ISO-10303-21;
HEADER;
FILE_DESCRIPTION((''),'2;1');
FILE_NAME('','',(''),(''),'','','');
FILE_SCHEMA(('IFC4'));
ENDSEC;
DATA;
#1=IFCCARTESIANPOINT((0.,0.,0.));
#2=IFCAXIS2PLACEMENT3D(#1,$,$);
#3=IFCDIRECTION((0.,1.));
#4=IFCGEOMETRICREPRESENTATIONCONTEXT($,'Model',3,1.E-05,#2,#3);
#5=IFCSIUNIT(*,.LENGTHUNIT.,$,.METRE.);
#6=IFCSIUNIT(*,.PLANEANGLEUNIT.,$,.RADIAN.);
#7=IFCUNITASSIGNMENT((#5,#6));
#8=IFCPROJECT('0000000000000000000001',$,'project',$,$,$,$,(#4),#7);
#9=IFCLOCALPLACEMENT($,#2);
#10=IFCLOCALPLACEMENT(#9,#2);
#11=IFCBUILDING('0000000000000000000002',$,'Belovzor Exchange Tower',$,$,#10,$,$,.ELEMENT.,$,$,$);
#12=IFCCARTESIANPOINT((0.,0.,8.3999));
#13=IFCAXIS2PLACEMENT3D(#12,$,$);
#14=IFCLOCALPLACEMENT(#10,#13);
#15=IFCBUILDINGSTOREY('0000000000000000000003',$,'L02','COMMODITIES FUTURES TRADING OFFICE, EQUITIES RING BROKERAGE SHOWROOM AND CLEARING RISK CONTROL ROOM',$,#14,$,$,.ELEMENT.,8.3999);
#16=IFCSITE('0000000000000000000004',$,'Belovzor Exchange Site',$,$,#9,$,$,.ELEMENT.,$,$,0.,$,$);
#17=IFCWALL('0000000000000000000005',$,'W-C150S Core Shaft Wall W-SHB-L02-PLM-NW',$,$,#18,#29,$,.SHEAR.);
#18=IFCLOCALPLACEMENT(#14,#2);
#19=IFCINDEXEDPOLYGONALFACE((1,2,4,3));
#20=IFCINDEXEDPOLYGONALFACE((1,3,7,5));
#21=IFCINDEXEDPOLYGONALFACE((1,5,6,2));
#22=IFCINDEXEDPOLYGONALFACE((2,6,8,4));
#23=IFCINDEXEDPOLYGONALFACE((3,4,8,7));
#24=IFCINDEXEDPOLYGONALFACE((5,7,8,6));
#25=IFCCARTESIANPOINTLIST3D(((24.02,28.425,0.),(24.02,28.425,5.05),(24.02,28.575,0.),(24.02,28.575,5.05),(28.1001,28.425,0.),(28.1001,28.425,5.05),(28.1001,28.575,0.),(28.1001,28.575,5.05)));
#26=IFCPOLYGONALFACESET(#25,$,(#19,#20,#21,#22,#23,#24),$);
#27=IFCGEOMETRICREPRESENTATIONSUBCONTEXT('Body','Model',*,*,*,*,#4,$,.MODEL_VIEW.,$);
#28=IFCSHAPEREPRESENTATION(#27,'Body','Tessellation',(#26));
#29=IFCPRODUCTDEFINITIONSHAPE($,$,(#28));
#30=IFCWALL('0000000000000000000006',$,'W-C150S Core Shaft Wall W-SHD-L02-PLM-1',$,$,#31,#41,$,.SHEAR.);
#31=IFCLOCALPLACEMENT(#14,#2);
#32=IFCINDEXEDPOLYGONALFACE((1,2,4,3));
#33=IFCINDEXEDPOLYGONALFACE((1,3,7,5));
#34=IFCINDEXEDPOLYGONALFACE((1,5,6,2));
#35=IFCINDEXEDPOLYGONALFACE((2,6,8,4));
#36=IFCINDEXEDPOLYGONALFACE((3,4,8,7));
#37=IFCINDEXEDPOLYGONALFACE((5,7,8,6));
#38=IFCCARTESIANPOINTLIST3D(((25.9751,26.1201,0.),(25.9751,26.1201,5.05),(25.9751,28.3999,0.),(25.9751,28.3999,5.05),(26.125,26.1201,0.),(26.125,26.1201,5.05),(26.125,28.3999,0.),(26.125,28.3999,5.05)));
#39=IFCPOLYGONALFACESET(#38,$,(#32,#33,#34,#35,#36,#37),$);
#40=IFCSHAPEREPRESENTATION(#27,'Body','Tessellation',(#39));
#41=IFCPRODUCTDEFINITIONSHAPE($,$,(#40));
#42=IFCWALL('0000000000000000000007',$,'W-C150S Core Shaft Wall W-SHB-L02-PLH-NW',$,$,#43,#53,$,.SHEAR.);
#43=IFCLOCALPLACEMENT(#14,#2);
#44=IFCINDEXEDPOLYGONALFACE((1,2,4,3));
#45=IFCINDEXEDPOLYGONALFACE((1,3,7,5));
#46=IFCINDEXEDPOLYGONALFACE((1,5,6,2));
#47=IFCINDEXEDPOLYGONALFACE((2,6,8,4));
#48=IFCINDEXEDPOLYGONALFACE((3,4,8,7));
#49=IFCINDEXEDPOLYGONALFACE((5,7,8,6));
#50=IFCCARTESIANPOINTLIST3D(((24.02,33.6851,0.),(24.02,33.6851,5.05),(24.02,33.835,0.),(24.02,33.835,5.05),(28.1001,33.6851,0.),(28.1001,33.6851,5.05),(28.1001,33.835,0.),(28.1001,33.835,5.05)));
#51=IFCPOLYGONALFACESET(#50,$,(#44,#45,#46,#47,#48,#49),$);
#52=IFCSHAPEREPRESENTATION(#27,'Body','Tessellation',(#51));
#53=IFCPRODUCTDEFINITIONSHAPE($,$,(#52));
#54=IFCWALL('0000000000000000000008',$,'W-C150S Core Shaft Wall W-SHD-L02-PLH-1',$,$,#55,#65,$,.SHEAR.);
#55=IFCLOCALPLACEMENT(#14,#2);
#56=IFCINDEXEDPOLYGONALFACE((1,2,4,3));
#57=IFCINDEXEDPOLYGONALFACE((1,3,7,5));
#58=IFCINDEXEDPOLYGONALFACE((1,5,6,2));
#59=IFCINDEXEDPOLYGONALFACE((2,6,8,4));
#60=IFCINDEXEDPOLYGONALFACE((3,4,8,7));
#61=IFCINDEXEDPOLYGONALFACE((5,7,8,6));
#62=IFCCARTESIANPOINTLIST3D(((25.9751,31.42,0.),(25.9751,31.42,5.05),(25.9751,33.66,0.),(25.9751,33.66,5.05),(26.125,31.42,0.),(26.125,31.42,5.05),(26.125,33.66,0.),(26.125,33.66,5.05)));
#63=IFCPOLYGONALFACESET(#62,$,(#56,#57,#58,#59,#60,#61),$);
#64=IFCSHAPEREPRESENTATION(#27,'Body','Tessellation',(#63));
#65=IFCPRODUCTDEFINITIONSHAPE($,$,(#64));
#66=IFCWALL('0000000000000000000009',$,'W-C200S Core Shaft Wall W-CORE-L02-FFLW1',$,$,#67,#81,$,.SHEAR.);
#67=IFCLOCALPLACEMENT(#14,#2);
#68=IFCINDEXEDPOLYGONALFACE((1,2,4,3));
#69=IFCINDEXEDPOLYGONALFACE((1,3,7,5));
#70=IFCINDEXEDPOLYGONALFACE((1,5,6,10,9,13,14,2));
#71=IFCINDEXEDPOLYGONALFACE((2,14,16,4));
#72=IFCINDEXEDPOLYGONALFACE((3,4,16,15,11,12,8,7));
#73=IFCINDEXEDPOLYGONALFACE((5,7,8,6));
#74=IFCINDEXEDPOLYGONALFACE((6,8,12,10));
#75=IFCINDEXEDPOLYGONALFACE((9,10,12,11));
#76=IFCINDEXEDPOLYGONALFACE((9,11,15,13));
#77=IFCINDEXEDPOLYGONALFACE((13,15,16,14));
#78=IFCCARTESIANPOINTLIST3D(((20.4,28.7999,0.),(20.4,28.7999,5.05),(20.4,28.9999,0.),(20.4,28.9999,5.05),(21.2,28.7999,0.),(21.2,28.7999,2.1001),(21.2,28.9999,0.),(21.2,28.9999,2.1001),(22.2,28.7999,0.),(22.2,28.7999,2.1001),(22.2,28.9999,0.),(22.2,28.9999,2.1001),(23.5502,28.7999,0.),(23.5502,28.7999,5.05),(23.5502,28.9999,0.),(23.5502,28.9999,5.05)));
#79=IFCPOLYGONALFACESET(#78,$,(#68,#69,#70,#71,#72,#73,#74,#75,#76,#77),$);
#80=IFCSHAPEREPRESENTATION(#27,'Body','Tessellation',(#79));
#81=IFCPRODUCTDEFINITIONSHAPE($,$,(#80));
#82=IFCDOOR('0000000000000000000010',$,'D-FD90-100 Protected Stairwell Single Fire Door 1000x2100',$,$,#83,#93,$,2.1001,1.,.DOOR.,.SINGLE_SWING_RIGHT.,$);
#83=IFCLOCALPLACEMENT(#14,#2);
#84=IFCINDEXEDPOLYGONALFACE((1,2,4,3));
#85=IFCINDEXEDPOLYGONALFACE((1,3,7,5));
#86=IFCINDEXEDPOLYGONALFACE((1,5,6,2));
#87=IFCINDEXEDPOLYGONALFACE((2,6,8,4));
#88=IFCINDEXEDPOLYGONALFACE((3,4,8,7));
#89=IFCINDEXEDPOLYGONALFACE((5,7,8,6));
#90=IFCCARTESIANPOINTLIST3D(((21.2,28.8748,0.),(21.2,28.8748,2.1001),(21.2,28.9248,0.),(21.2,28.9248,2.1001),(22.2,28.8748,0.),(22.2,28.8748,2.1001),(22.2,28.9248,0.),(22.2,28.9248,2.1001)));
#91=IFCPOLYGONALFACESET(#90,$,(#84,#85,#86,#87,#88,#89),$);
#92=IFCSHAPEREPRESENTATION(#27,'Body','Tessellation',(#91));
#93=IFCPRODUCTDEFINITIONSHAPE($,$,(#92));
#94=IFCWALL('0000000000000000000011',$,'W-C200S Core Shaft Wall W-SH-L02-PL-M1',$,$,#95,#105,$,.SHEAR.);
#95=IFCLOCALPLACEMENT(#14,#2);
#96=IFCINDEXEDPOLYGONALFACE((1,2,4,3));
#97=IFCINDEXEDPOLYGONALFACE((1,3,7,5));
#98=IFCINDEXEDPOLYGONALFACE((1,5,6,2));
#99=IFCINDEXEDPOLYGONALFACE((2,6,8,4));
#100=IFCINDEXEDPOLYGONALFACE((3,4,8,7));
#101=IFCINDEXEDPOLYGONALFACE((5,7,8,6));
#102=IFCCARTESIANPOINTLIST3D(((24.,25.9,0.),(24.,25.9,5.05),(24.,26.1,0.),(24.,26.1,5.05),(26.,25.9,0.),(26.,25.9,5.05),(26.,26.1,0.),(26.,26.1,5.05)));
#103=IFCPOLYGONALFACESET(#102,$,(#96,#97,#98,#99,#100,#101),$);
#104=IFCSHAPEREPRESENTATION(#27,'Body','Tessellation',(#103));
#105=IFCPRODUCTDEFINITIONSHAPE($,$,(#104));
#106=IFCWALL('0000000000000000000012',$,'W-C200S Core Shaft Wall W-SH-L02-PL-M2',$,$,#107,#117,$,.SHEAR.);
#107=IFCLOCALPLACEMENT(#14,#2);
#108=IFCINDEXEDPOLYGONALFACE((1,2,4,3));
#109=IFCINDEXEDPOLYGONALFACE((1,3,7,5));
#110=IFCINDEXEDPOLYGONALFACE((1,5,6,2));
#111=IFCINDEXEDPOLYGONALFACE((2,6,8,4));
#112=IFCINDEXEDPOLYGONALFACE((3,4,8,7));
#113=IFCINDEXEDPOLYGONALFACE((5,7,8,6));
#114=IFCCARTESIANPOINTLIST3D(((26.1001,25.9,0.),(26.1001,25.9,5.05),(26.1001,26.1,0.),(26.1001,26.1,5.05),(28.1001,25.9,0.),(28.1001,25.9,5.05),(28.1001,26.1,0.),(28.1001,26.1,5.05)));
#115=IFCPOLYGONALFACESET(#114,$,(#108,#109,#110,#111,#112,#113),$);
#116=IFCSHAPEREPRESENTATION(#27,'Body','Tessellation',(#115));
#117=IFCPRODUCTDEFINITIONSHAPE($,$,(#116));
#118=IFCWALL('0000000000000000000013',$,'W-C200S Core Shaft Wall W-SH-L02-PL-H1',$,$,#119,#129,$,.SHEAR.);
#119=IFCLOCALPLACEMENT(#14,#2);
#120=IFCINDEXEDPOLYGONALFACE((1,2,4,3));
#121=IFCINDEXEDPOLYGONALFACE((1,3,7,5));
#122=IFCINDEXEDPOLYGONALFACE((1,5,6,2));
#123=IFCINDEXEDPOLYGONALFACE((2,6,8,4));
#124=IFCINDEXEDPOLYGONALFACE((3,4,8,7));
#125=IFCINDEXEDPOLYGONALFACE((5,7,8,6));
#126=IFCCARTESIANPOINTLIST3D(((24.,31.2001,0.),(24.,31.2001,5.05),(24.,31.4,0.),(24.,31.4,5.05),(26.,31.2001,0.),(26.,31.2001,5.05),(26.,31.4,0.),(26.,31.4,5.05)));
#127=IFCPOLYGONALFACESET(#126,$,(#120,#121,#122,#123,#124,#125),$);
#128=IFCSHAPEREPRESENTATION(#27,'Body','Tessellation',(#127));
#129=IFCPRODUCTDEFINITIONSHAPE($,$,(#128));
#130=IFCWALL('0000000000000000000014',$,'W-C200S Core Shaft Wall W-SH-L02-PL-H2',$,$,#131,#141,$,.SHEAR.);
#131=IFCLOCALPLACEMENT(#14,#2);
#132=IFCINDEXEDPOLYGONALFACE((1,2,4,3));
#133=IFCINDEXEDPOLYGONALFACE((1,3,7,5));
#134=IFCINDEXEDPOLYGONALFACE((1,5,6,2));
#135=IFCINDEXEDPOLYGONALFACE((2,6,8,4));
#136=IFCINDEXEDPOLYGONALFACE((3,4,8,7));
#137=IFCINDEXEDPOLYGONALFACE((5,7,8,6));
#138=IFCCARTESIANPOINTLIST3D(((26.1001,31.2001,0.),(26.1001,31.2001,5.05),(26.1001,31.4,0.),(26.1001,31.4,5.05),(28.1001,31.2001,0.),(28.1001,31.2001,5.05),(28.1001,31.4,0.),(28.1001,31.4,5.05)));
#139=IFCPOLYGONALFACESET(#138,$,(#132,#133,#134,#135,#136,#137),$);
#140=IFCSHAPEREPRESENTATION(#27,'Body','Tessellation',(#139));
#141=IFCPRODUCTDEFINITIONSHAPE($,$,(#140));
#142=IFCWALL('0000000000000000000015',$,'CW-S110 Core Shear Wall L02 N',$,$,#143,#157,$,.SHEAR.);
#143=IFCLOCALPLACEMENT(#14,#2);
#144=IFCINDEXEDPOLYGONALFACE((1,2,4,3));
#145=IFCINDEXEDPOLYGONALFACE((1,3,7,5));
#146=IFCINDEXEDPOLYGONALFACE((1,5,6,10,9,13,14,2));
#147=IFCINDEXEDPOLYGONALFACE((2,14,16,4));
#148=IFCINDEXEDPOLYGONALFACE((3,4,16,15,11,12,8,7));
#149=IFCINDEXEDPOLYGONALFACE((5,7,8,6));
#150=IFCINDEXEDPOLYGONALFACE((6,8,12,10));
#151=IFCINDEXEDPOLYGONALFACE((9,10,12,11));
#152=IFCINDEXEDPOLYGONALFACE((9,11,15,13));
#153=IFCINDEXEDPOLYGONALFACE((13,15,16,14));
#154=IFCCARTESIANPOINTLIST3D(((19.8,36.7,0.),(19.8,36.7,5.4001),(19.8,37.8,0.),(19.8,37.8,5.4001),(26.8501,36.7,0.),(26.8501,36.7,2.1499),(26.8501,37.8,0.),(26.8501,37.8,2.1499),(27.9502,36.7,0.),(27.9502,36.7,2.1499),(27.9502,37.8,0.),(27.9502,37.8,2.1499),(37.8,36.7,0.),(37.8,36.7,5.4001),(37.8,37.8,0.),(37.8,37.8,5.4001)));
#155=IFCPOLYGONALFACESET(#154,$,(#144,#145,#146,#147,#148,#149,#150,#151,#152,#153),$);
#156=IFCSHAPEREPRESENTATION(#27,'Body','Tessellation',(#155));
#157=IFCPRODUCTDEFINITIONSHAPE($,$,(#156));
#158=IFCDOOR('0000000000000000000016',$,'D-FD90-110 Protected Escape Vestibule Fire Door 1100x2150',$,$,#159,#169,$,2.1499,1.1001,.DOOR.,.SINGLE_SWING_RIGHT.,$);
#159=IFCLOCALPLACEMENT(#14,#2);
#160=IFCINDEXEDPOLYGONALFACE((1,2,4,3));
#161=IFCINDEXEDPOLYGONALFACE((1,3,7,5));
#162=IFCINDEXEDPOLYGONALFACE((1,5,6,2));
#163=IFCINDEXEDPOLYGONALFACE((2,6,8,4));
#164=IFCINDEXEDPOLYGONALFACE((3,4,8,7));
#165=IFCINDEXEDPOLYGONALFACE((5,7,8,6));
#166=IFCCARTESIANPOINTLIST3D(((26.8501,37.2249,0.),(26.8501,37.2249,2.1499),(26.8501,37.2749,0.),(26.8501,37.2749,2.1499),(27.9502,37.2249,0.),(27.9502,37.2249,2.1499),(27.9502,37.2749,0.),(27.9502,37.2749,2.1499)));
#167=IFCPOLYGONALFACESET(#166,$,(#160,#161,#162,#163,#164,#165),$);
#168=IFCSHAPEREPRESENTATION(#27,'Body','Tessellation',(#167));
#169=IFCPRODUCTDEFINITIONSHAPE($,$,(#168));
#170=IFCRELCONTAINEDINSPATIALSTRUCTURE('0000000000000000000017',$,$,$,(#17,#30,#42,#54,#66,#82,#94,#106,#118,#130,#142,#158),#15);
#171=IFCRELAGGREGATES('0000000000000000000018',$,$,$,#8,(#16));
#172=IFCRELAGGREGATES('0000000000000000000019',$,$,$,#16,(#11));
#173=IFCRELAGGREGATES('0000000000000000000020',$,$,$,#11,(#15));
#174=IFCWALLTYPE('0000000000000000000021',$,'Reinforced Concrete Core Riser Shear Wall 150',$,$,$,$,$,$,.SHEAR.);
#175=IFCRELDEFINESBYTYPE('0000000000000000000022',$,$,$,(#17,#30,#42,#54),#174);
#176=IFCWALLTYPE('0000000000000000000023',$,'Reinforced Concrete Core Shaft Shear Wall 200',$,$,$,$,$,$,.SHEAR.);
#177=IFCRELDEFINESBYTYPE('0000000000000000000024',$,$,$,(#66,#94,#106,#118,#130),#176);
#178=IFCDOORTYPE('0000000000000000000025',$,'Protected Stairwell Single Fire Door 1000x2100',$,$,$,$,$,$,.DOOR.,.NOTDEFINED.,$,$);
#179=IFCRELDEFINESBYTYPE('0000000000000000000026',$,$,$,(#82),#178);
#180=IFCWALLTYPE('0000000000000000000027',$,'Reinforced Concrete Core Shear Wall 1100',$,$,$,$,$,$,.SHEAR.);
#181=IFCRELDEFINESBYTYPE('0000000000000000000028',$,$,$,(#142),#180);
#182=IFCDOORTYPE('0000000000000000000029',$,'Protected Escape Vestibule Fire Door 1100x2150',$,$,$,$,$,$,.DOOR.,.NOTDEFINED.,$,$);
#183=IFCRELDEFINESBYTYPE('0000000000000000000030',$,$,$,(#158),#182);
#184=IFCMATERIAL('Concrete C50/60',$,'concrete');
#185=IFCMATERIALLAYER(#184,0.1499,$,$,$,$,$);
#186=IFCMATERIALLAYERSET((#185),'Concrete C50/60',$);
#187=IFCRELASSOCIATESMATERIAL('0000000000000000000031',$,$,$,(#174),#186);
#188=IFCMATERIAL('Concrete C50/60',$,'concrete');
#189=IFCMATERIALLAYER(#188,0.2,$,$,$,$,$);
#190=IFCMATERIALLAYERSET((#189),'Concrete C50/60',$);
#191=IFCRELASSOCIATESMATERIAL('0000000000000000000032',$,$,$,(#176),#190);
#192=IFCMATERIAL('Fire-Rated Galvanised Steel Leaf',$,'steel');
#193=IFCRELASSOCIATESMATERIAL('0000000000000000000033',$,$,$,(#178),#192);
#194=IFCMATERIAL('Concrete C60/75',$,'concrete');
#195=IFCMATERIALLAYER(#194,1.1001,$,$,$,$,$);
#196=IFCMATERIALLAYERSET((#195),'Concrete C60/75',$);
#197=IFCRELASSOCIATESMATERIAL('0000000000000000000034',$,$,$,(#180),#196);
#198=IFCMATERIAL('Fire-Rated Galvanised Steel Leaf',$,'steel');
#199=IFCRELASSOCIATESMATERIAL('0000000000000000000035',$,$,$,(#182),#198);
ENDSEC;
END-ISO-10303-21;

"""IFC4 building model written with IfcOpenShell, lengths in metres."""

from ifc_helpers import new_model, si_unit, direction, frame, frame_2d, origin, place, context, subcontext, project, spatial, rectangle, extrude, material, layer, layer_set, type_object, element, fill, save


model = new_model("IFC4")

# Units and contexts
model_context = context("Model", 3, precision=1e-05, world=origin(), true_north=direction((0.0, 1.0)))
body_context = subcontext(model_context, "Body", "Model", "MODEL_VIEW")
ifc_project = project(units=[si_unit("LENGTHUNIT", "METRE"), si_unit("PLANEANGLEUNIT", "RADIAN")], contexts=[model_context])

# Site, building, storey
site_placement = place(None, origin())
site = spatial("IfcSite", under=ifc_project, at=site_placement, Name="Belovzor Exchange Site", CompositionType="ELEMENT", RefElevation=0.0)
building_placement = place(site_placement, origin())
building = spatial("IfcBuilding", under=site, at=building_placement, Name="Belovzor Exchange Tower", CompositionType="ELEMENT")
storey_placement = place(building_placement, frame((0.0, 0.0, 8.3999)))
storey = spatial("IfcBuildingStorey", under=building, at=storey_placement, Name="L02", Description="COMMODITIES FUTURES TRADING OFFICE, EQUITIES RING BROKERAGE SHOWROOM AND CLEARING RISK CONTROL ROOM", CompositionType="ELEMENT", Elevation=8.3999)

# Walls
ifc_material_1 = material(Name="Concrete C50/60", Category="concrete")
ifc_layer_1 = layer(ifc_material_1, 0.1499)
ifc_layer_set_1 = layer_set([ifc_layer_1], Name="Concrete C50/60")
wall_type_1 = type_object("IfcWallType", Name="Reinforced Concrete Core Riser Shear Wall 150", PredefinedType="SHEAR", material=ifc_layer_set_1)
wall_1_placement = place(storey_placement, frame((24.02, 28.5, 0.0), z_axis=(0.0, 0.0, 1.0), x_axis=(1.0, 0.0, 0.0)))
element("IfcWall", 1, at=wall_1_placement, inside=storey, type_object=wall_type_1, Name="W-C150S Core Shaft Wall W-SHB-L02-PLM-NW", PredefinedType="SHEAR", context=body_context, shape_type="SweptSolid", body=[
    extrude(rectangle(XDim=4.0801, YDim=0.1499, at=frame_2d((2.04, 0.0))), origin(), (0.0, 0.0, 1.0), 5.05),
])
wall_2_placement = place(storey_placement, frame((26.05, 26.1201, 0.0), z_axis=(0.0, 0.0, 1.0), x_axis=(0.0, 1.0, 0.0)))
element("IfcWall", 2, at=wall_2_placement, inside=storey, type_object=wall_type_1, Name="W-C150S Core Shaft Wall W-SHD-L02-PLM-1", PredefinedType="SHEAR", context=body_context, shape_type="SweptSolid", body=[
    extrude(rectangle(XDim=2.2798, YDim=0.1499, at=frame_2d((1.1399, 0.0))), origin(), (0.0, 0.0, 1.0), 5.05),
])
wall_3_placement = place(storey_placement, frame((24.02, 33.76, 0.0), z_axis=(0.0, 0.0, 1.0), x_axis=(1.0, 0.0, 0.0)))
element("IfcWall", 3, at=wall_3_placement, inside=storey, type_object=wall_type_1, Name="W-C150S Core Shaft Wall W-SHB-L02-PLH-NW", PredefinedType="SHEAR", context=body_context, shape_type="SweptSolid", body=[
    extrude(rectangle(XDim=4.0801, YDim=0.1499, at=frame_2d((2.04, 0.0))), origin(), (0.0, 0.0, 1.0), 5.05),
])
wall_4_placement = place(storey_placement, frame((26.05, 31.4199, 0.0), z_axis=(0.0, 0.0, 1.0), x_axis=(0.0, 1.0, 0.0)))
element("IfcWall", 4, at=wall_4_placement, inside=storey, type_object=wall_type_1, Name="W-C150S Core Shaft Wall W-SHD-L02-PLH-1", PredefinedType="SHEAR", context=body_context, shape_type="SweptSolid", body=[
    extrude(rectangle(XDim=2.24, YDim=0.1499, at=frame_2d((1.1201, 0.0))), origin(), (0.0, 0.0, 1.0), 5.05),
])

# Wall, opening, door
ifc_material_2 = material(Name="Concrete C50/60", Category="concrete")
ifc_layer_2 = layer(ifc_material_2, 0.2)
ifc_layer_set_2 = layer_set([ifc_layer_2], Name="Concrete C50/60")
wall_type_2 = type_object("IfcWallType", Name="Reinforced Concrete Core Shaft Shear Wall 200", PredefinedType="SHEAR", material=ifc_layer_set_2)
wall_5_placement = place(storey_placement, frame((20.3999, 28.8999, 0.0), z_axis=(0.0, 0.0, 1.0), x_axis=(1.0, 0.0, 0.0)))
wall_5 = element("IfcWall", 5, at=wall_5_placement, inside=storey, type_object=wall_type_2, Name="W-C200S Core Shaft Wall W-CORE-L02-FFLW1", PredefinedType="SHEAR", context=body_context, shape_type="SweptSolid", body=[
    extrude(rectangle(XDim=3.1501, YDim=0.2, at=frame_2d((1.5752, 0.0))), origin(), (0.0, 0.0, 1.0), 5.05),
])
opening_1_placement = place(wall_5_placement, frame((0.8, 0.0, 0.0)))
opening_1 = element("IfcOpeningElement", 6, at=opening_1_placement, cuts=wall_5, PredefinedType="OPENING", context=body_context, shape_type="SweptSolid", body=[
    extrude(rectangle(XDim=1.0, YDim=2.1001, at=frame_2d((0.5, 1.05))), frame((0.0, 0.1099, 0.0), z_axis=(0.0, -1.0, 0.0), x_axis=(1.0, 0.0, 0.0)), (0.0, 0.0, 1.0), 0.22),
])
ifc_material_3 = material(Name="Fire-Rated Galvanised Steel Leaf", Category="steel")
door_type_1 = type_object("IfcDoorType", Name="Protected Stairwell Single Fire Door 1000x2100", OperationType="NOTDEFINED", PredefinedType="DOOR", material=ifc_material_3)
door_1_placement = place(opening_1_placement, origin())
door_1 = element("IfcDoor", 7, at=door_1_placement, inside=storey, type_object=door_type_1, Name="D-FD90-100 Protected Stairwell Single Fire Door 1000x2100", OperationType="SINGLE_SWING_RIGHT", OverallHeight=2.1001, OverallWidth=1.0, PredefinedType="DOOR", context=body_context, shape_type="SweptSolid", body=[
    extrude(rectangle(XDim=1.0, YDim=2.1001, at=frame_2d((0.5, 1.05))), frame((0.0, 0.0249, 0.0), z_axis=(0.0, -1.0, 0.0), x_axis=(1.0, 0.0, 0.0)), (0.0, 0.0, 1.0), 0.05),
])
fill(opening_1, door_1)

# Walls
for number, where, z_axis, x_axis, name in (
    (8, (24.0, 26.0, 0.0), (0.0, 0.0, 1.0), (1.0, 0.0, 0.0), "W-C200S Core Shaft Wall W-SH-L02-PL-M1"),
    (9, (26.1001, 26.0, 0.0), (0.0, 0.0, 1.0), (1.0, 0.0, 0.0), "W-C200S Core Shaft Wall W-SH-L02-PL-M2"),
    (10, (24.0, 31.3, 0.0), (0.0, 0.0, 1.0), (1.0, 0.0, 0.0), "W-C200S Core Shaft Wall W-SH-L02-PL-H1"),
    (11, (26.1001, 31.3, 0.0), (0.0, 0.0, 1.0), (1.0, 0.0, 0.0), "W-C200S Core Shaft Wall W-SH-L02-PL-H2"),
):
    element("IfcWall", number, at=place(storey_placement, frame(where, z_axis=z_axis, x_axis=x_axis)), inside=storey, type_object=wall_type_2, Name=name, PredefinedType="SHEAR", context=body_context, shape_type="SweptSolid", body=[
        extrude(rectangle(XDim=2.0, YDim=0.2, at=frame_2d((1.0, 0.0))), origin(), (0.0, 0.0, 1.0), 5.05),
    ])

# Wall, opening, door
ifc_material_4 = material(Name="Concrete C60/75", Category="concrete")
ifc_layer_3 = layer(ifc_material_4, 1.1001)
ifc_layer_set_3 = layer_set([ifc_layer_3], Name="Concrete C60/75")
wall_type_3 = type_object("IfcWallType", Name="Reinforced Concrete Core Shear Wall 1100", PredefinedType="SHEAR", material=ifc_layer_set_3)
wall_6_placement = place(storey_placement, frame((19.8, 37.25, 0.0), z_axis=(0.0, 0.0, 1.0), x_axis=(1.0, 0.0, 0.0)))
wall_6 = element("IfcWall", 12, at=wall_6_placement, inside=storey, type_object=wall_type_3, Name="CW-S110 Core Shear Wall L02 N", PredefinedType="SHEAR", context=body_context, shape_type="SweptSolid", body=[
    extrude(rectangle(XDim=18.0, YDim=1.1001, at=frame_2d((9.0, 0.0))), origin(), (0.0, 0.0, 1.0), 5.4001),
])
opening_2_placement = place(wall_6_placement, frame((7.05, 0.0, 0.0)))
opening_2 = element("IfcOpeningElement", 13, at=opening_2_placement, cuts=wall_6, PredefinedType="OPENING", context=body_context, shape_type="SweptSolid", body=[
    extrude(rectangle(XDim=1.1001, YDim=2.1499, at=frame_2d((0.55, 1.075))), frame((0.0, 0.5601, 0.0), z_axis=(0.0, -1.0, 0.0), x_axis=(1.0, 0.0, 0.0)), (0.0, 0.0, 1.0), 1.1201),
])
ifc_material_5 = material(Name="Fire-Rated Galvanised Steel Leaf", Category="steel")
door_type_2 = type_object("IfcDoorType", Name="Protected Escape Vestibule Fire Door 1100x2150", OperationType="NOTDEFINED", PredefinedType="DOOR", material=ifc_material_5)
door_2_placement = place(opening_2_placement, origin())
door_2 = element("IfcDoor", 14, at=door_2_placement, inside=storey, type_object=door_type_2, Name="D-FD90-110 Protected Escape Vestibule Fire Door 1100x2150", OperationType="SINGLE_SWING_RIGHT", OverallHeight=2.1499, OverallWidth=1.1001, PredefinedType="DOOR", context=body_context, shape_type="SweptSolid", body=[
    extrude(rectangle(XDim=1.1001, YDim=2.1499, at=frame_2d((0.55, 1.075))), frame((0.0, 0.0249, 0.0), z_axis=(0.0, -1.0, 0.0), x_axis=(1.0, 0.0, 0.0)), (0.0, 0.0, 1.0), 0.05),
])
fill(opening_2, door_2)

save(model, "model.ifc")
